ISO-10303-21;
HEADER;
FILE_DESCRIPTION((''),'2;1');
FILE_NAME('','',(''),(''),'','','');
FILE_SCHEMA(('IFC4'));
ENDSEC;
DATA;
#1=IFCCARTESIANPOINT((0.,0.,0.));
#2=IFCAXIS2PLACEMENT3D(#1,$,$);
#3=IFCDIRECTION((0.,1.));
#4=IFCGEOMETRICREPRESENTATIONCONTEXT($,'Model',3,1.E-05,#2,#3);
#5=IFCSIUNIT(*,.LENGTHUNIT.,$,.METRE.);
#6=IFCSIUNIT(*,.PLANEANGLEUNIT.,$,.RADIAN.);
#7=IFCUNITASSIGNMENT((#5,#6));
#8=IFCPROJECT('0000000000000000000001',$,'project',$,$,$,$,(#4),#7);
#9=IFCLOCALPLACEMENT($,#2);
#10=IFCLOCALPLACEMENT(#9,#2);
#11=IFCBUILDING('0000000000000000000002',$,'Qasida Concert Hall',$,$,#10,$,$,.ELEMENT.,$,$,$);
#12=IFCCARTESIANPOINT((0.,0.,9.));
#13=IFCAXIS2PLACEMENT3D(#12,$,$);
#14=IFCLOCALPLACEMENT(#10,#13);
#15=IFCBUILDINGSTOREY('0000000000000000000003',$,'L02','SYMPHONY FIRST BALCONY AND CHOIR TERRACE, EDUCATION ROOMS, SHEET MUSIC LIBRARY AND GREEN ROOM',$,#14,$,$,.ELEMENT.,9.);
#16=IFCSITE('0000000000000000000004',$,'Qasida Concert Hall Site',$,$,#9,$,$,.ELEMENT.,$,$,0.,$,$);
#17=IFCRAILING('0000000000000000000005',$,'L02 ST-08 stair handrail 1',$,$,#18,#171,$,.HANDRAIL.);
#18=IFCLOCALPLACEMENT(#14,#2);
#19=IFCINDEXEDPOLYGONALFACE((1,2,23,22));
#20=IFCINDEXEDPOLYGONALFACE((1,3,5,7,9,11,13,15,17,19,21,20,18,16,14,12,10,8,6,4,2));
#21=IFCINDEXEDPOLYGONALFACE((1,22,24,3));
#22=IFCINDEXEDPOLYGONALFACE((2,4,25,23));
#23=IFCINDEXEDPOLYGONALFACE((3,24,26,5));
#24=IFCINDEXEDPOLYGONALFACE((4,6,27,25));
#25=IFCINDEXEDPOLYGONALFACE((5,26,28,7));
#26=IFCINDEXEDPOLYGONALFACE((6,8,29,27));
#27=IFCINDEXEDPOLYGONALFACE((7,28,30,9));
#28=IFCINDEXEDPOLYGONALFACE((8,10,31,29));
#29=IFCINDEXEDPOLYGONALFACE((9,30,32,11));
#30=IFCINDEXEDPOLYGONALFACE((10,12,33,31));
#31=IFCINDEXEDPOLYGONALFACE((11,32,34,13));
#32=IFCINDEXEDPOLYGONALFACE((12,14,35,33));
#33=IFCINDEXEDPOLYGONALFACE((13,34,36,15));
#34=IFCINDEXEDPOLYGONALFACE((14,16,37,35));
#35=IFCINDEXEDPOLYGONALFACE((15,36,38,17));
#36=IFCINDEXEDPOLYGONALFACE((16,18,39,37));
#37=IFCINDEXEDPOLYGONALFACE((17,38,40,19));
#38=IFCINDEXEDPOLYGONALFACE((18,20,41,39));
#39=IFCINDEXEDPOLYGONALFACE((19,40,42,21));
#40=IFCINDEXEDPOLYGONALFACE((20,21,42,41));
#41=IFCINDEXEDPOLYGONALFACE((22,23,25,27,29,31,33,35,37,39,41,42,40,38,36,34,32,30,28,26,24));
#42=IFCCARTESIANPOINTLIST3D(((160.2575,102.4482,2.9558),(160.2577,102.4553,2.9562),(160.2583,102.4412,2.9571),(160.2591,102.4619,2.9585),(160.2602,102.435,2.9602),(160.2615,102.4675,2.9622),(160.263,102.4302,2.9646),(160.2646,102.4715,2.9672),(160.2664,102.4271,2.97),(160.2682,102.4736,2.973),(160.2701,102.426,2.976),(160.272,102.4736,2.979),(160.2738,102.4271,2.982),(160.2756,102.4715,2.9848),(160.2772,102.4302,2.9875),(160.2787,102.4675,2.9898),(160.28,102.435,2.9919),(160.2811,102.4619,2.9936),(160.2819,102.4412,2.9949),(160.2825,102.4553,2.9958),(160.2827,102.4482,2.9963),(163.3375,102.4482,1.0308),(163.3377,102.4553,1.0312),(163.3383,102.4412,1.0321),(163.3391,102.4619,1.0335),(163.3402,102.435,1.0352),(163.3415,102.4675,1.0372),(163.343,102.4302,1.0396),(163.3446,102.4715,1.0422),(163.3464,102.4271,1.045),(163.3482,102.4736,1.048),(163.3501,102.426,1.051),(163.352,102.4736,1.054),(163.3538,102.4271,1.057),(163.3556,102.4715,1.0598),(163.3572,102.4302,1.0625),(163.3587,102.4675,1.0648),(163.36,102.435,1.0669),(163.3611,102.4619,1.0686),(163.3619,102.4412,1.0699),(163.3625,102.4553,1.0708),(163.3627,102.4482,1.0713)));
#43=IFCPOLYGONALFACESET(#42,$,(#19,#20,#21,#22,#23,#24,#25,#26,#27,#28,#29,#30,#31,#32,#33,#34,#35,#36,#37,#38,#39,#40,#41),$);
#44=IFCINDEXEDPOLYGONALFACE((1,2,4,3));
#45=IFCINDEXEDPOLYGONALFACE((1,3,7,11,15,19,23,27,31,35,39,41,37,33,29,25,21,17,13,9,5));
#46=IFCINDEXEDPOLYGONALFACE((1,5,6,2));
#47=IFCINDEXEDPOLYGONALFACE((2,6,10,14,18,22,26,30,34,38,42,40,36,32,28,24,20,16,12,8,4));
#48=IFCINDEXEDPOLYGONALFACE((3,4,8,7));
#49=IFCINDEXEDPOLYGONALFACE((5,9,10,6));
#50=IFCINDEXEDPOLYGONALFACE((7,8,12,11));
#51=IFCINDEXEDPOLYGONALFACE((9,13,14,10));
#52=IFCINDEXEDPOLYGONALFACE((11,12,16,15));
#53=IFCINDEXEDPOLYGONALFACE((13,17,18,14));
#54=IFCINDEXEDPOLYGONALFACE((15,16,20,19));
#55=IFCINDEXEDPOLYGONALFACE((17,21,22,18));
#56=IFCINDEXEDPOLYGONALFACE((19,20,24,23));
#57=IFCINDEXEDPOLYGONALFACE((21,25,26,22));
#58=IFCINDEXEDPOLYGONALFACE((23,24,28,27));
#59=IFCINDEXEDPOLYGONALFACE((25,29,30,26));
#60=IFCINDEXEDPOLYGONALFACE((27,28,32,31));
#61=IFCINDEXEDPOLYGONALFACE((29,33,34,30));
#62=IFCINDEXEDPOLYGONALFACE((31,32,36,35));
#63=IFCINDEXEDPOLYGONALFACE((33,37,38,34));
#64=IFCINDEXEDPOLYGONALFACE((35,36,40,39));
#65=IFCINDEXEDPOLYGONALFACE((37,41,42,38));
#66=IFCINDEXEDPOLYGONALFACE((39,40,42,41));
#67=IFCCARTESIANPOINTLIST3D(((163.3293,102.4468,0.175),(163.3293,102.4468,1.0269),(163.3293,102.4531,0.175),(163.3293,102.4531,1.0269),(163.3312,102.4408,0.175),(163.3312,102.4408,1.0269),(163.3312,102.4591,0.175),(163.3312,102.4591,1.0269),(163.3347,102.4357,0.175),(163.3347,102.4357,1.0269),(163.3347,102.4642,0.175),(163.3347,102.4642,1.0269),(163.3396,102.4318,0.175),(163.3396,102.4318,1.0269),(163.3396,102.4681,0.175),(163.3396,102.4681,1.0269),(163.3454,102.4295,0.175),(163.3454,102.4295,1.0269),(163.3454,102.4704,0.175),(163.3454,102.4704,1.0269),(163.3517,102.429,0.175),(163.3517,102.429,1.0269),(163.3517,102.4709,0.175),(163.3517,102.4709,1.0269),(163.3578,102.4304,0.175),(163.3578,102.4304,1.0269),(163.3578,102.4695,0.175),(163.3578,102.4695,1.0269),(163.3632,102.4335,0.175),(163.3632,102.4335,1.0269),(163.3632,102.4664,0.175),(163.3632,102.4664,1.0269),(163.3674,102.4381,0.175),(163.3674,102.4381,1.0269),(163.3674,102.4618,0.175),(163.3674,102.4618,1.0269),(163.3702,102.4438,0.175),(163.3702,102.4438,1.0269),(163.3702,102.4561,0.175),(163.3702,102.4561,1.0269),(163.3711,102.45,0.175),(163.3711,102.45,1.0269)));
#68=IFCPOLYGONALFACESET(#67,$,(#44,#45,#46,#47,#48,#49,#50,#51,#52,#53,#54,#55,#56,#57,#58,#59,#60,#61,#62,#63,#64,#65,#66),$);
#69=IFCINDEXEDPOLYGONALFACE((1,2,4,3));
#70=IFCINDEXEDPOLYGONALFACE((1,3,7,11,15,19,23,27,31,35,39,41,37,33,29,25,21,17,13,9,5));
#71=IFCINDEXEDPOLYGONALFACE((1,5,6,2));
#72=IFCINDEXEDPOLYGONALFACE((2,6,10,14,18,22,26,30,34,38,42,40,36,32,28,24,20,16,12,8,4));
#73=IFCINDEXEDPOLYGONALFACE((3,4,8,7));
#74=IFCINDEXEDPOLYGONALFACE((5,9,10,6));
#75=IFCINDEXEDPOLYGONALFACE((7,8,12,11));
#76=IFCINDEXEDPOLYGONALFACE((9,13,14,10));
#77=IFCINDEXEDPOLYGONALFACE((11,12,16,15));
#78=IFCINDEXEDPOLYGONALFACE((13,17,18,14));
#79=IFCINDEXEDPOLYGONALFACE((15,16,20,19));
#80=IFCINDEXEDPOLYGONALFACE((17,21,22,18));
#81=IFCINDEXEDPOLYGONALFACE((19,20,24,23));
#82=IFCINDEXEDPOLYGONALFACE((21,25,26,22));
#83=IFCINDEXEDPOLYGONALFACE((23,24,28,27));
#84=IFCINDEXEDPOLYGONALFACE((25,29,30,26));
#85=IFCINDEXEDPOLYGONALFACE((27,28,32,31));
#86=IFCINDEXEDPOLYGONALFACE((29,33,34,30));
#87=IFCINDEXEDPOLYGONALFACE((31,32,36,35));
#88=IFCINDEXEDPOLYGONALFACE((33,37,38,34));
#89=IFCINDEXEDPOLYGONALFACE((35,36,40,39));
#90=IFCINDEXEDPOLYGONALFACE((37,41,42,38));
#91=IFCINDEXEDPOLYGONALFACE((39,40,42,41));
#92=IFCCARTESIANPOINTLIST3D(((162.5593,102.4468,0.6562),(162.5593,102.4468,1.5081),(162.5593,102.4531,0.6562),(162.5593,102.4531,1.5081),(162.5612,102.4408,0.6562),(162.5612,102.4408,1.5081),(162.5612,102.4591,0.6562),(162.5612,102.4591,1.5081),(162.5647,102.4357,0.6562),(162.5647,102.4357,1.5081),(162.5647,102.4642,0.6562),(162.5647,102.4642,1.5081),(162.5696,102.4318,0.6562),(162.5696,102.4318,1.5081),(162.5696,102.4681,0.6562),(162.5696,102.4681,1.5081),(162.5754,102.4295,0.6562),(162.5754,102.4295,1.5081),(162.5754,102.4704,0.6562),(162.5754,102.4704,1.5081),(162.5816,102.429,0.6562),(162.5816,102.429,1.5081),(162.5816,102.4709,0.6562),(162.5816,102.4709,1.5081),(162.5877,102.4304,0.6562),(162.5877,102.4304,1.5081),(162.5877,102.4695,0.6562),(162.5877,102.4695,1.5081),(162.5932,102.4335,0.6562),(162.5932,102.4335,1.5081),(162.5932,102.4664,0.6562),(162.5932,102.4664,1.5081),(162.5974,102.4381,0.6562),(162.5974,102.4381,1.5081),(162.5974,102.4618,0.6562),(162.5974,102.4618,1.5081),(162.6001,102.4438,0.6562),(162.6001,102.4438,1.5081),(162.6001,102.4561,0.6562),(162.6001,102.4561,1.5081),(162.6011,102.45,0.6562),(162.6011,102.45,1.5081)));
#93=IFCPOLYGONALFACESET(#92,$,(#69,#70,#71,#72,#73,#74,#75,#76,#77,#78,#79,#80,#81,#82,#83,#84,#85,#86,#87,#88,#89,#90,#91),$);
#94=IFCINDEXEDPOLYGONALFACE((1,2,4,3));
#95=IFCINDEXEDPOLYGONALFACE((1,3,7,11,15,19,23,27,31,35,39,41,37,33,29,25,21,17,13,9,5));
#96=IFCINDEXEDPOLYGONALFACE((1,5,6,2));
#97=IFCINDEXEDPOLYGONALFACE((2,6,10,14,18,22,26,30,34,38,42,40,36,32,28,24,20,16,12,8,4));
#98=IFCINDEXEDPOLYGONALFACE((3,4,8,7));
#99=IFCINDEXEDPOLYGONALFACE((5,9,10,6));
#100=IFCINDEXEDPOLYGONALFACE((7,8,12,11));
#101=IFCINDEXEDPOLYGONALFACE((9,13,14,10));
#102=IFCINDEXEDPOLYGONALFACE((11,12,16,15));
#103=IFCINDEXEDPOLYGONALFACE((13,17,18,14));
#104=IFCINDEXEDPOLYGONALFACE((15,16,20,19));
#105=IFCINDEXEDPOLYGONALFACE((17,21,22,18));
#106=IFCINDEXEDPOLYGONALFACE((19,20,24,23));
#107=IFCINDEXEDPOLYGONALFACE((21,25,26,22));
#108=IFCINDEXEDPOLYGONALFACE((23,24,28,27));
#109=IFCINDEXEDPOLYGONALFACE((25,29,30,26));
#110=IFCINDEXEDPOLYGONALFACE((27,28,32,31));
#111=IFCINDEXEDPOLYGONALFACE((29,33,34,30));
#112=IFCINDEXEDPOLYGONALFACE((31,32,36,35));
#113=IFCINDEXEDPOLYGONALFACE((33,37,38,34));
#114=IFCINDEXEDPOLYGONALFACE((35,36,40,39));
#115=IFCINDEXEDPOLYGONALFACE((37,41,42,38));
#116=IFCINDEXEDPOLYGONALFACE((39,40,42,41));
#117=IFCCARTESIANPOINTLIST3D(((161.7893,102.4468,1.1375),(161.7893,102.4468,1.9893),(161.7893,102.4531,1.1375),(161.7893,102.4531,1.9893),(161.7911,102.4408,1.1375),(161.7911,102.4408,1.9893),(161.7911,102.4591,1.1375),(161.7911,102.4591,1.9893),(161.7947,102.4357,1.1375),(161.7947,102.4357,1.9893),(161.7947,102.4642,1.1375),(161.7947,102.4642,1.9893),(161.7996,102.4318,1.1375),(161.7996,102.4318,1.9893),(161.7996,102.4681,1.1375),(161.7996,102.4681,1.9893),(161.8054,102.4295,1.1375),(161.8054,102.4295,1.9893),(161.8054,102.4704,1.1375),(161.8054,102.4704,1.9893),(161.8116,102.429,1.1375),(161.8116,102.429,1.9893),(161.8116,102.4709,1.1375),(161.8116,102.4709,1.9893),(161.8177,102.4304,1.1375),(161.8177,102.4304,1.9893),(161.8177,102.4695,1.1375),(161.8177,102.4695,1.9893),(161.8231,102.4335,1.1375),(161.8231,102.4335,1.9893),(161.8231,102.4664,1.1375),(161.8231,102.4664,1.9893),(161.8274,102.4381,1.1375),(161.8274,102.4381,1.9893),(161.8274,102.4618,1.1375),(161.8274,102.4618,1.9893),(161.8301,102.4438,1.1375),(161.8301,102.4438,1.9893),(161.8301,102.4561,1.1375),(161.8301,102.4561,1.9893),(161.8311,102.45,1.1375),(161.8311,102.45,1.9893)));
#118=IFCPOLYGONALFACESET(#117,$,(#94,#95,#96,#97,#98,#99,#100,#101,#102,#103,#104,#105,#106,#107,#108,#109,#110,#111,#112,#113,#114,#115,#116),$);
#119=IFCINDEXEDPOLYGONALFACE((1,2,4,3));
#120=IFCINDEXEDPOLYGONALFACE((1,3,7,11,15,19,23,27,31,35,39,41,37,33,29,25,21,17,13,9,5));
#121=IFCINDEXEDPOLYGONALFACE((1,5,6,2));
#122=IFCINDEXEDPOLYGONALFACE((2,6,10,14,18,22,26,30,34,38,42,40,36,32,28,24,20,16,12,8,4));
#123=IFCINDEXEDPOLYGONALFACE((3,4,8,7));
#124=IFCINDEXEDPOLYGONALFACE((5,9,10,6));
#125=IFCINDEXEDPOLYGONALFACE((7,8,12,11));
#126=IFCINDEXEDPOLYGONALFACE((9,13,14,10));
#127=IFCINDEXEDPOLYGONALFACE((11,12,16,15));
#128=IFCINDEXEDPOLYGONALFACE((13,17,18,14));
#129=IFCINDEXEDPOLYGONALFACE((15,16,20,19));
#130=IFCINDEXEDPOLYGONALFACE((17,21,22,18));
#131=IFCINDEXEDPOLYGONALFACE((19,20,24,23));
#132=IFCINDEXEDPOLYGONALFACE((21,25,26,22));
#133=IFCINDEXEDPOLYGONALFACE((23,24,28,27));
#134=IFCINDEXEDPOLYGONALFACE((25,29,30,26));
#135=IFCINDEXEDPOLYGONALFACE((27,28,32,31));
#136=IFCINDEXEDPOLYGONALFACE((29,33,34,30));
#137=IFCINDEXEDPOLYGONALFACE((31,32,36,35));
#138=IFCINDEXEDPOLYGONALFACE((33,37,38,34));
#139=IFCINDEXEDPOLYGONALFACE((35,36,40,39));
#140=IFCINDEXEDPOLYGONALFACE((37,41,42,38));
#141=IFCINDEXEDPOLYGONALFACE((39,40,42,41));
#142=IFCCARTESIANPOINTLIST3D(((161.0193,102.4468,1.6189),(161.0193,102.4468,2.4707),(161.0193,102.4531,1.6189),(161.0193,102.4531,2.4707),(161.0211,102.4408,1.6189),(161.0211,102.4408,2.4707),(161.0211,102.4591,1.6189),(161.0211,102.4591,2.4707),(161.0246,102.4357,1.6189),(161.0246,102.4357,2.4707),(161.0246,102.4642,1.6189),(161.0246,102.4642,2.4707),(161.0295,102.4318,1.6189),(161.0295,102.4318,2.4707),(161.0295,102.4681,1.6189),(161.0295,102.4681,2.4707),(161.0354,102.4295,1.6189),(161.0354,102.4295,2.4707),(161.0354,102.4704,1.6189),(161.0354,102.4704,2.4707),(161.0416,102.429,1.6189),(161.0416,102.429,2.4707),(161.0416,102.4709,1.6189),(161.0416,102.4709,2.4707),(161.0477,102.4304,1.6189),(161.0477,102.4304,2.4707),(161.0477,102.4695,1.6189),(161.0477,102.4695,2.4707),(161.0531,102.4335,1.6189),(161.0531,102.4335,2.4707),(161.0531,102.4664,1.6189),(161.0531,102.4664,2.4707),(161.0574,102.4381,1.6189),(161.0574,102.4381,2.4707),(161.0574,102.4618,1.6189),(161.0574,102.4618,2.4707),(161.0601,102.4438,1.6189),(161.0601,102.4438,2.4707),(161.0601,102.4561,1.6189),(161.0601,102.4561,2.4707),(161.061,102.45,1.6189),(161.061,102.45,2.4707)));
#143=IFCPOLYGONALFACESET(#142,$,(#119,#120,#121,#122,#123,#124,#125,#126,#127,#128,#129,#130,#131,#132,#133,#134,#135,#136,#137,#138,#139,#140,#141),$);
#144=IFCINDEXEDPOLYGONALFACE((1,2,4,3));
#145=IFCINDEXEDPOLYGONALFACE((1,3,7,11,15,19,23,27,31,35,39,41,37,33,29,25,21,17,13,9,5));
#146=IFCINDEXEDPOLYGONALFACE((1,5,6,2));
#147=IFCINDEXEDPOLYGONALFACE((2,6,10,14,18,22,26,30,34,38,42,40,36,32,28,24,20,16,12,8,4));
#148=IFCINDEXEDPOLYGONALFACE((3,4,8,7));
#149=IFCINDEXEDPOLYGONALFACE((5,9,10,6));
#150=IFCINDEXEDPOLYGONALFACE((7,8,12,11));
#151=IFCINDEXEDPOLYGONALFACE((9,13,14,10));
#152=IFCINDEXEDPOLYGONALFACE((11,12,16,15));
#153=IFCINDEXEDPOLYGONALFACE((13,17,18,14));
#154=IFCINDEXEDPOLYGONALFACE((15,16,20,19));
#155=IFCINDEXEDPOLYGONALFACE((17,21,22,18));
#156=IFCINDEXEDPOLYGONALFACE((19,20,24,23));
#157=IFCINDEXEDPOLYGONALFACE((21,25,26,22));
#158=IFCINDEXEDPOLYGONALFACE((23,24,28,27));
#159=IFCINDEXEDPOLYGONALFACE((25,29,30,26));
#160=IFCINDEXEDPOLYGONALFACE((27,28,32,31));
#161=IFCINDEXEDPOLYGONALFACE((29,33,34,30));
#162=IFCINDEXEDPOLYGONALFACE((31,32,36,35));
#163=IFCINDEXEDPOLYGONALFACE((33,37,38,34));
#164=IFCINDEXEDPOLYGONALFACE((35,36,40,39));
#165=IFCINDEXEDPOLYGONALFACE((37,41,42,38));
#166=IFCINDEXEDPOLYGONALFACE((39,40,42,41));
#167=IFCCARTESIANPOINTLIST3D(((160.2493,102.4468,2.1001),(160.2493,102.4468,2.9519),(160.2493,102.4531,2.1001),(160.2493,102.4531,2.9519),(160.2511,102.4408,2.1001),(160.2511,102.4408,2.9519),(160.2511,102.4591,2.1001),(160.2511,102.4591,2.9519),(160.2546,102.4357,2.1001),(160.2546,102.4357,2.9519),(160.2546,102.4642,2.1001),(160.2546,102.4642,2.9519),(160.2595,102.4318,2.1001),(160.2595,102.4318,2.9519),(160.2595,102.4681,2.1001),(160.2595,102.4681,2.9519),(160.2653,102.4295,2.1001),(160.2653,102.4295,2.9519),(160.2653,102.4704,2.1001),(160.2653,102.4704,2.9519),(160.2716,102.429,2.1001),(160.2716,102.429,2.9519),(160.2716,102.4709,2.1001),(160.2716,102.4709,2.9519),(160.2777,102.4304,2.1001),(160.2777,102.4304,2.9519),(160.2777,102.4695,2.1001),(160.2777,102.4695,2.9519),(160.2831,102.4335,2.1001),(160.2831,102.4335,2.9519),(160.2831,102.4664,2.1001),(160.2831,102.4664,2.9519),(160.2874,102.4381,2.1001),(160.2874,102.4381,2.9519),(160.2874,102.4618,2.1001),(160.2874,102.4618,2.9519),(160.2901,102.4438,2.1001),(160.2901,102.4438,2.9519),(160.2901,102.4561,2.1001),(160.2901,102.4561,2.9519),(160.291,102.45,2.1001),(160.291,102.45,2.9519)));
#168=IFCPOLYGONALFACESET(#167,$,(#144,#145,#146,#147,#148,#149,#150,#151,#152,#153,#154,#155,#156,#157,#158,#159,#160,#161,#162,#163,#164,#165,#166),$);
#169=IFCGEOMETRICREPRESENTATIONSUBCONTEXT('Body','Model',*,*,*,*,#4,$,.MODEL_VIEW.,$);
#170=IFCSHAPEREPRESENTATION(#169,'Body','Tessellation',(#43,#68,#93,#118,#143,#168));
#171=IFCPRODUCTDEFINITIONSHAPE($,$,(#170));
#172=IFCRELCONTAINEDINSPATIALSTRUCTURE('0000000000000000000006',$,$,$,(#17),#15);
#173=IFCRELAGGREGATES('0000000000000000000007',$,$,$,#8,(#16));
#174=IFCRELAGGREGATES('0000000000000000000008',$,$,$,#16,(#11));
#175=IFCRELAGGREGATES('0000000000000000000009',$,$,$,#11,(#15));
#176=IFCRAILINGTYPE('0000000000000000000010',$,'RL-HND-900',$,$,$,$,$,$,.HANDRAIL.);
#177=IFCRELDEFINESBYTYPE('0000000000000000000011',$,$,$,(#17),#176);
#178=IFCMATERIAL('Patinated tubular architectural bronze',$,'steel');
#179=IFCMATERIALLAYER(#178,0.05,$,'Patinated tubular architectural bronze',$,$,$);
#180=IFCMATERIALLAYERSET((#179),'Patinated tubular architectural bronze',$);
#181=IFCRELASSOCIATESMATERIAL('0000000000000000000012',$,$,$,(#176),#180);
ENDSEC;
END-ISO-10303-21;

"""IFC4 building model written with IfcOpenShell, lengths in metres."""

from ifc_helpers import new_model, si_unit, direction, frame, origin, origin_2d, place, context, subcontext, project, spatial, circle, extrude, material, layer, layer_set, type_object, element, save


model = new_model("IFC4")

# Units and contexts
model_context = context("Model", 3, precision=1e-05, world=origin(), true_north=direction((0.0, 1.0)))
body_context = subcontext(model_context, "Body", "Model", "MODEL_VIEW")
ifc_project = project(units=[si_unit("LENGTHUNIT", "METRE"), si_unit("PLANEANGLEUNIT", "RADIAN")], contexts=[model_context])

# Site, building, storey
site_placement = place(None, origin())
site = spatial("IfcSite", under=ifc_project, at=site_placement, Name="Qasida Concert Hall Site", CompositionType="ELEMENT", RefElevation=0.0)
building_placement = place(site_placement, origin())
building = spatial("IfcBuilding", under=site, at=building_placement, Name="Qasida Concert Hall", CompositionType="ELEMENT")
storey_placement = place(building_placement, frame((0.0, 0.0, 9.0)))
storey = spatial("IfcBuildingStorey", under=building, at=storey_placement, Name="L02", Description="SYMPHONY FIRST BALCONY AND CHOIR TERRACE, EDUCATION ROOMS, SHEET MUSIC LIBRARY AND GREEN ROOM", CompositionType="ELEMENT", Elevation=9.0)

# Railing
ifc_material_1 = material(Name="Patinated tubular architectural bronze", Category="steel")
ifc_layer_1 = layer(ifc_material_1, 0.05, Name="Patinated tubular architectural bronze")
ifc_layer_set_1 = layer_set([ifc_layer_1], Name="Patinated tubular architectural bronze")
railing_type_1 = type_object("IfcRailingType", Name="RL-HND-900", PredefinedType="HANDRAIL", material=ifc_layer_set_1)
railing_1_placement = place(storey_placement, frame((163.3501, 102.45, 0.175)))
element("IfcRailing", 1, at=railing_1_placement, inside=storey, type_object=railing_type_1, Name="L02 ST-08 stair handrail 1", PredefinedType="HANDRAIL", context=body_context, shape_type="SweptSolid", body=[
    extrude(circle(Radius=0.0239, at=origin_2d()), frame((0.0, 0.0, 0.876), z_axis=(-0.847998, 0.0, 0.529999), x_axis=(0.0, -1.0, 0.0)), (0.0, 0.0, 1.0), 3.6321),
    extrude(circle(Radius=0.021, at=origin_2d()), origin(), (0.0, 0.0, 1.0), 0.8518),
    extrude(circle(Radius=0.021, at=origin_2d()), frame((-0.77, 0.0, 0.4812)), (0.0, 0.0, 1.0), 0.8518),
    extrude(circle(Radius=0.021, at=origin_2d()), frame((-1.54, 0.0, 0.9624)), (0.0, 0.0, 1.0), 0.8518),
    extrude(circle(Radius=0.021, at=origin_2d()), frame((-2.3101, 0.0, 1.4438)), (0.0, 0.0, 1.0), 0.8518),
    extrude(circle(Radius=0.021, at=origin_2d()), frame((-3.0801, 0.0, 1.925)), (0.0, 0.0, 1.0), 0.8518),
])

save(model, "model.ifc")
